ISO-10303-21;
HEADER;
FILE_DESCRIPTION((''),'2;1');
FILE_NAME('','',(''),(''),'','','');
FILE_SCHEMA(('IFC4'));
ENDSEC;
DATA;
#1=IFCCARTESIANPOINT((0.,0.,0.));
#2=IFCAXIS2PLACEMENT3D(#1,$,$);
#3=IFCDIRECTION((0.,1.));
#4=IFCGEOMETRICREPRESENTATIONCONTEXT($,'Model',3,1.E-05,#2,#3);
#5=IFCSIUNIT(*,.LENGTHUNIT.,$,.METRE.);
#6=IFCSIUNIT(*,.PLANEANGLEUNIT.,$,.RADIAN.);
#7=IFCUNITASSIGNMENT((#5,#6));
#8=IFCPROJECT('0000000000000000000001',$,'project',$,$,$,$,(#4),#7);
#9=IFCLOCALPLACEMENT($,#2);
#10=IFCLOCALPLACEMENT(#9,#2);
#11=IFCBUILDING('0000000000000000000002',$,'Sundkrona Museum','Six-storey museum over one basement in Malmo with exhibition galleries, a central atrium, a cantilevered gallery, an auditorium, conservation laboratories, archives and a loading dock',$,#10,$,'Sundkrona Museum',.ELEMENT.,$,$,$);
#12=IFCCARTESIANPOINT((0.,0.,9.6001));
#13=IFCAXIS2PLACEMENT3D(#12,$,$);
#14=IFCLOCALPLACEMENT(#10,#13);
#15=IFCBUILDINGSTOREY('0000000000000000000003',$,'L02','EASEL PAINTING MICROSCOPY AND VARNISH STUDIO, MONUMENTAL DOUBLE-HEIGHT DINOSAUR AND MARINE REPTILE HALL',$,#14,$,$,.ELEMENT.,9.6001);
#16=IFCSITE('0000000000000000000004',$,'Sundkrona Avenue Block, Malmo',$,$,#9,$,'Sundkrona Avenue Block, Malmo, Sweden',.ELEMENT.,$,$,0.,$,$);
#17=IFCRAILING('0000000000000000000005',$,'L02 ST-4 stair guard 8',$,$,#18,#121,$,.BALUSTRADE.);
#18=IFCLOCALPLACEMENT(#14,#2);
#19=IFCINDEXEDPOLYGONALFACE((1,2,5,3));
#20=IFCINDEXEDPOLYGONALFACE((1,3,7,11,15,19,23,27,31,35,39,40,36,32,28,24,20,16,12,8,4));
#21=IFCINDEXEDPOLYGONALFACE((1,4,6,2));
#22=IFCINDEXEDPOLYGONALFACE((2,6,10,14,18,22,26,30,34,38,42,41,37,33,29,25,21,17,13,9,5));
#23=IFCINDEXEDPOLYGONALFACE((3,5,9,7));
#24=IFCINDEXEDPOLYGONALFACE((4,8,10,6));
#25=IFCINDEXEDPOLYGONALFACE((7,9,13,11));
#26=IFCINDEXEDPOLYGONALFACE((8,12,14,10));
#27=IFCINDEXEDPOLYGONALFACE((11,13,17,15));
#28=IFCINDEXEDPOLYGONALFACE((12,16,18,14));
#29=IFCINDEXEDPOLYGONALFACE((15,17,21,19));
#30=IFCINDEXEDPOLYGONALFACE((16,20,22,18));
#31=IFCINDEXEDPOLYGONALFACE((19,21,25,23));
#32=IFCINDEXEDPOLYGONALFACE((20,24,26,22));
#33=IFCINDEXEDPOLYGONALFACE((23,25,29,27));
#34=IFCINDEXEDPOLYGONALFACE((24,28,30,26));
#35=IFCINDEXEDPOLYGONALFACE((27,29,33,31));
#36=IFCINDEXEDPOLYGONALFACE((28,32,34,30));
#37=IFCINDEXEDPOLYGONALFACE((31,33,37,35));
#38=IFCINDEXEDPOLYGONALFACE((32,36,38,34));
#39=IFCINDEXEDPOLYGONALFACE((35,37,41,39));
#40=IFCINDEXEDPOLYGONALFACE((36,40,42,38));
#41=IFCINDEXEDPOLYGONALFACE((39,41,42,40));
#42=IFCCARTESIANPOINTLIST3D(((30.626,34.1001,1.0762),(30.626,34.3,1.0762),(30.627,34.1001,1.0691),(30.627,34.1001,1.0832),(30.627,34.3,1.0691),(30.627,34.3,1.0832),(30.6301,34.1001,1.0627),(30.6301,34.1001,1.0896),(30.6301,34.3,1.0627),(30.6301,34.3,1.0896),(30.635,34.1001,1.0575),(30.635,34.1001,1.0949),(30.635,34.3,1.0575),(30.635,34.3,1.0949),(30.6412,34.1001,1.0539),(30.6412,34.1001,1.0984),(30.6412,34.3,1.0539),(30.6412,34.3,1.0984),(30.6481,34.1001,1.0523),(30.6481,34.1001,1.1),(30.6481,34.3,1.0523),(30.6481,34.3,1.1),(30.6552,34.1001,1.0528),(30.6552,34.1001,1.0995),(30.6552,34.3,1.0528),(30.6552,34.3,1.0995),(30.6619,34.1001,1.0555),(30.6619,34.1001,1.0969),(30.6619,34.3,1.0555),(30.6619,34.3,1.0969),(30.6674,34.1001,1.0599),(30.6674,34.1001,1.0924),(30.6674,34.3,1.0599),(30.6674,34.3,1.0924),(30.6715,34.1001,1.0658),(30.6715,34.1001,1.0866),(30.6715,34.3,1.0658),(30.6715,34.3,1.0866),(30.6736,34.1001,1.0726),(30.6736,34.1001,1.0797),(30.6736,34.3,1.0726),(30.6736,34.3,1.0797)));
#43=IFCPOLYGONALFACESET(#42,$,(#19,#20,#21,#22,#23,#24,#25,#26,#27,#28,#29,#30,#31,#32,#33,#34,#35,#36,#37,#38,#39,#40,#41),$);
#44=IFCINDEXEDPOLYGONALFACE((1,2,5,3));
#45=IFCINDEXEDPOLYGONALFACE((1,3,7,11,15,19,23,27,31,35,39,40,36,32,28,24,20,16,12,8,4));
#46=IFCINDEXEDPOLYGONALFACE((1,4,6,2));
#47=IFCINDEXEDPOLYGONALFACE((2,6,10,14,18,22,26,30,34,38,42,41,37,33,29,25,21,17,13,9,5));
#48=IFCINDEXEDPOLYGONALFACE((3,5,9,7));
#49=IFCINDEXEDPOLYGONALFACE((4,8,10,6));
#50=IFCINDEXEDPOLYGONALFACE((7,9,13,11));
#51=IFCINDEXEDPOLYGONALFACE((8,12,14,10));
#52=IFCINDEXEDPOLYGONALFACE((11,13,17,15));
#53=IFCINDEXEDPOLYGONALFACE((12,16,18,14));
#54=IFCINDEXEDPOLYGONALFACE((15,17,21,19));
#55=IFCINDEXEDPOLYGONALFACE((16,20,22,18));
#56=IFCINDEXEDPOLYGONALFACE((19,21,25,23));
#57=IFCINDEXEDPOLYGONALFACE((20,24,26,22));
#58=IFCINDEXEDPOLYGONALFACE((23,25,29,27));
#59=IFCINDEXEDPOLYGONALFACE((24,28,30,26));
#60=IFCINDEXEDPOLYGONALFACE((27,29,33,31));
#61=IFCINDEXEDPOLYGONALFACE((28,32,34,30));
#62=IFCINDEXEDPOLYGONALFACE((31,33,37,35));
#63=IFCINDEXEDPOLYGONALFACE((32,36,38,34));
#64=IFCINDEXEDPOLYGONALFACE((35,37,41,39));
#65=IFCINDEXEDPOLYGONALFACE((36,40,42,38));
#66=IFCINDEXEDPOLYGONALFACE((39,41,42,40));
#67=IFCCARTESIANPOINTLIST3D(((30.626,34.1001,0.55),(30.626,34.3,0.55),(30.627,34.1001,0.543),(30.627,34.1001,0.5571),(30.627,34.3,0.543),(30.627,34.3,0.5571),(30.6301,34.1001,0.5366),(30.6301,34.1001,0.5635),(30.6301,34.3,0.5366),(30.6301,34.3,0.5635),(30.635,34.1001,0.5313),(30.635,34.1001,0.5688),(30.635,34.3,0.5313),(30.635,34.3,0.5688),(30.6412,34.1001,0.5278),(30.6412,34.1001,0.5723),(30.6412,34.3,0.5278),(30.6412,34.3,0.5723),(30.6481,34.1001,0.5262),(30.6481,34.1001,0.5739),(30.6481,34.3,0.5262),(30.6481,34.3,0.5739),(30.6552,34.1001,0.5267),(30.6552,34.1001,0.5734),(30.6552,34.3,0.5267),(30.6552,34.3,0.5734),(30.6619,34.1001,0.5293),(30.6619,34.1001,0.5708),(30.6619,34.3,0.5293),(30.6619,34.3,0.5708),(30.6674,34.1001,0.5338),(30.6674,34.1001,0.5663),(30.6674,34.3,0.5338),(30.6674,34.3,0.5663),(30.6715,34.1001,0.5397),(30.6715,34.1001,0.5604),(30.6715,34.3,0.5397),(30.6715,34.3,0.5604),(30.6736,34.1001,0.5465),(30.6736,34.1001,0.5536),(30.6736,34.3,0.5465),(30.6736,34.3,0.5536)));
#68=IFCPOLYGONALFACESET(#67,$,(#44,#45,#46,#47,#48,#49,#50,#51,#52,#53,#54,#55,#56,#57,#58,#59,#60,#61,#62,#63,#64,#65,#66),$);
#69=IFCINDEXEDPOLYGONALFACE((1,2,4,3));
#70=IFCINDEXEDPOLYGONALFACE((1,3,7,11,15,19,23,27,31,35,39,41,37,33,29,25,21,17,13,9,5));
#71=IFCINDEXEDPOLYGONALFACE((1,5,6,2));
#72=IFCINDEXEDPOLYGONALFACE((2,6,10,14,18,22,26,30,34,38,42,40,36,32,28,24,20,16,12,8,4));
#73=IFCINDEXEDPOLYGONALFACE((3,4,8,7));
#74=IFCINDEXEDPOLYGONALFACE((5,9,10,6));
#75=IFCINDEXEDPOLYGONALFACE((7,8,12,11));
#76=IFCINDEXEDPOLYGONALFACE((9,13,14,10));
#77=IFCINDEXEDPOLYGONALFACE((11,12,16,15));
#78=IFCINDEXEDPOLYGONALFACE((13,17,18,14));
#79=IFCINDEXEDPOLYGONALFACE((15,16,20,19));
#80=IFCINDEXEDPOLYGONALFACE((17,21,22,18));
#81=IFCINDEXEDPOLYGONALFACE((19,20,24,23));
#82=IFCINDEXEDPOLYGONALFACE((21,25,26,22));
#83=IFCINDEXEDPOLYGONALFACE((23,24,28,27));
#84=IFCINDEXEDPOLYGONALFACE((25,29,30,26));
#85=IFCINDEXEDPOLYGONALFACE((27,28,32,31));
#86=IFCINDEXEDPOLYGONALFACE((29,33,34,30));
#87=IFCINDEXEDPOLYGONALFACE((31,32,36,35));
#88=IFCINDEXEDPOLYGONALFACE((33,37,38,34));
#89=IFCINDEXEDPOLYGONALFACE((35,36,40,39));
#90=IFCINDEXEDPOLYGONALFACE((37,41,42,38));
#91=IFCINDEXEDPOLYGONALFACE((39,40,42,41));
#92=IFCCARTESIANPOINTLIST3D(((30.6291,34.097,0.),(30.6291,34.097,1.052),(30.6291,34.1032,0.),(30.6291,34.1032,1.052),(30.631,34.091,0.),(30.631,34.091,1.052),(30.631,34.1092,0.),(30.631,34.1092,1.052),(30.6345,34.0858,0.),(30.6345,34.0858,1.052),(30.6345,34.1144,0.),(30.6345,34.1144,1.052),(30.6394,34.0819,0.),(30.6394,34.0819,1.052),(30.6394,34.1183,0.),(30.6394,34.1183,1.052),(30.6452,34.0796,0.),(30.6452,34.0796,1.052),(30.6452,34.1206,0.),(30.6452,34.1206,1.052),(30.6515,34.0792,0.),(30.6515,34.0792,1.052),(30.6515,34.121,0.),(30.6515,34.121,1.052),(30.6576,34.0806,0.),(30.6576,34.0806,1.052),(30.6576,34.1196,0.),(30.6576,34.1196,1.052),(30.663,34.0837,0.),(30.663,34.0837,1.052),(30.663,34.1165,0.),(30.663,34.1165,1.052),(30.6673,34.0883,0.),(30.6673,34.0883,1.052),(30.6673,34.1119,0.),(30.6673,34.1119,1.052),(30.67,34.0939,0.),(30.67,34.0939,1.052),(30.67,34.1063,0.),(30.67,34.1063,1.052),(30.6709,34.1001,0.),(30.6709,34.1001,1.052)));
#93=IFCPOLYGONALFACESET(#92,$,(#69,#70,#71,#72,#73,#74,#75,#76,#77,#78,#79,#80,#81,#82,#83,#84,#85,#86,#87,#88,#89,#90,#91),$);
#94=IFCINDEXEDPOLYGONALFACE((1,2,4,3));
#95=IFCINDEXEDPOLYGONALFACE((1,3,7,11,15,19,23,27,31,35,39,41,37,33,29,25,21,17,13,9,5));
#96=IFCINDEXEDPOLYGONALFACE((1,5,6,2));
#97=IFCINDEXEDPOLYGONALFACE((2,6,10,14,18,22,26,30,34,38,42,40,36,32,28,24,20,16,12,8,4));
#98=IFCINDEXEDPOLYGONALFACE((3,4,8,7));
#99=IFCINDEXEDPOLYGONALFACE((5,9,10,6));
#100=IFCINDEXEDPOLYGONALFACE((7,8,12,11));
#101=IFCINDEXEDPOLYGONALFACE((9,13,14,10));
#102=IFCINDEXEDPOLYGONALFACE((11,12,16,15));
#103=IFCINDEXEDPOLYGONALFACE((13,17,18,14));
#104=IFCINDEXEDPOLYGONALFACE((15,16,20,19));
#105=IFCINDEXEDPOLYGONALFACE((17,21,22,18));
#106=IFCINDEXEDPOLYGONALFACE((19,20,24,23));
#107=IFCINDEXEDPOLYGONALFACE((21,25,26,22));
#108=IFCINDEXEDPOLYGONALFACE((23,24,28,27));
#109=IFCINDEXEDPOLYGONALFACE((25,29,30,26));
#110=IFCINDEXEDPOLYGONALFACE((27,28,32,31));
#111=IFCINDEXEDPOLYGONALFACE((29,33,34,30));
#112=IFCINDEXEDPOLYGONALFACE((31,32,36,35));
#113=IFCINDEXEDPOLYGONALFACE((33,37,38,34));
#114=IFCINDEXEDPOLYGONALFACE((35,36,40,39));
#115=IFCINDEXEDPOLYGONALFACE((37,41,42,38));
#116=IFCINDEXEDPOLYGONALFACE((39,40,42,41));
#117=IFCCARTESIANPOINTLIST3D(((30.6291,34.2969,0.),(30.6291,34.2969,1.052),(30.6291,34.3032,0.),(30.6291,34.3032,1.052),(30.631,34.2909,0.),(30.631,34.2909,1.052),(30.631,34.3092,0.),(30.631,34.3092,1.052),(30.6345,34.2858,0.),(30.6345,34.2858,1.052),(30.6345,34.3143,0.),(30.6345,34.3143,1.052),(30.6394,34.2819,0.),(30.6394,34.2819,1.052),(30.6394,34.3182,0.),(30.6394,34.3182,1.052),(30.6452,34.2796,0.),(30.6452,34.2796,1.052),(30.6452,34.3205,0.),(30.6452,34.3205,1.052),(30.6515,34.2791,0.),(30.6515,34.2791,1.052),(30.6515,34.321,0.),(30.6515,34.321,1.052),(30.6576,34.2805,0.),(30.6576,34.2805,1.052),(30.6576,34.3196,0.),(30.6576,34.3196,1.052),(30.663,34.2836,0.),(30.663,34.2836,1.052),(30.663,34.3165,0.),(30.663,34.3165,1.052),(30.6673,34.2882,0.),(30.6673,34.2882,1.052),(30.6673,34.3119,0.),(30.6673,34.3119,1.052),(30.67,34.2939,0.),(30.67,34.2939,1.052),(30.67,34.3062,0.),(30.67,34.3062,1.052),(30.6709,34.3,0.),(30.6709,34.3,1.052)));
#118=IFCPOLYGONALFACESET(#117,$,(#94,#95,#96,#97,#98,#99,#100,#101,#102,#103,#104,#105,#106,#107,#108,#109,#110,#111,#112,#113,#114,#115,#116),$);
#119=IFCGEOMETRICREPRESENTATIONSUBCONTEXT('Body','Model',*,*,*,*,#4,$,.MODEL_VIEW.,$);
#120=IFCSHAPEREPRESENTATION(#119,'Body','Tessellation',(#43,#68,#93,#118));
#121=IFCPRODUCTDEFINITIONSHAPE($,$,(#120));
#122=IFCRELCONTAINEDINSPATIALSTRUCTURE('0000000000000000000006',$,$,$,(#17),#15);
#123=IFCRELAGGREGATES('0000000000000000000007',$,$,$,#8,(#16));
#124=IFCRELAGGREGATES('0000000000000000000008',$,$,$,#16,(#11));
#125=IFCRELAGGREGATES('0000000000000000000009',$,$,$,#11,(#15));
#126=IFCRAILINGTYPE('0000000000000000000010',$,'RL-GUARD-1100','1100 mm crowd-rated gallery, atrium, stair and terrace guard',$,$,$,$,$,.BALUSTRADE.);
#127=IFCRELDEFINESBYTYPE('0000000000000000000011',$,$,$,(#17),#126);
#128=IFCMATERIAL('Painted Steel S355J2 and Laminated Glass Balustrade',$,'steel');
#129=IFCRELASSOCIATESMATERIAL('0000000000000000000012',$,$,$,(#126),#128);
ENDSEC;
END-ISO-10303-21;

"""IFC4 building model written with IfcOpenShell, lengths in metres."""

from ifc_helpers import new_model, si_unit, direction, frame, origin, origin_2d, place, context, subcontext, project, spatial, circle, extrude, material, type_object, element, save


model = new_model("IFC4")

# Units and contexts
model_context = context("Model", 3, precision=1e-05, world=origin(), true_north=direction((0.0, 1.0)))
body_context = subcontext(model_context, "Body", "Model", "MODEL_VIEW")
ifc_project = project(units=[si_unit("LENGTHUNIT", "METRE"), si_unit("PLANEANGLEUNIT", "RADIAN")], contexts=[model_context])

# Site, building, storey
site_placement = place(None, origin())
site = spatial("IfcSite", under=ifc_project, at=site_placement, Name="Sundkrona Avenue Block, Malmo", LongName="Sundkrona Avenue Block, Malmo, Sweden", CompositionType="ELEMENT", RefElevation=0.0)
building_placement = place(site_placement, origin())
building = spatial("IfcBuilding", under=site, at=building_placement, Name="Sundkrona Museum", Description="Six-storey museum over one basement in Malmo with exhibition galleries, a central atrium, a cantilevered gallery, an auditorium, conservation laboratories, archives and a loading dock", LongName="Sundkrona Museum", CompositionType="ELEMENT")
storey_placement = place(building_placement, frame((0.0, 0.0, 9.6001)))
storey = spatial("IfcBuildingStorey", under=building, at=storey_placement, Name="L02", Description="EASEL PAINTING MICROSCOPY AND VARNISH STUDIO, MONUMENTAL DOUBLE-HEIGHT DINOSAUR AND MARINE REPTILE HALL", CompositionType="ELEMENT", Elevation=9.6001)

# Railing
ifc_material_1 = material(Name="Painted Steel S355J2 and Laminated Glass Balustrade", Category="steel")
railing_type_1 = type_object("IfcRailingType", Name="RL-GUARD-1100", Description="1100 mm crowd-rated gallery, atrium, stair and terrace guard", PredefinedType="BALUSTRADE", material=ifc_material_1)
railing_1_placement = place(storey_placement, frame((30.6499, 34.1001, 0.0)))
element("IfcRailing", 1, at=railing_1_placement, inside=storey, type_object=railing_type_1, Name="L02 ST-4 stair guard 8", PredefinedType="BALUSTRADE", context=body_context, shape_type="SweptSolid", body=[
    extrude(circle(Radius=0.0239, at=origin_2d()), frame((0.0, 0.0, 1.0762), z_axis=(0.0, 1.0, 0.0), x_axis=(-1.0, 0.0, 0.0)), (0.0, 0.0, 1.0), 0.2),
    extrude(circle(Radius=0.0239, at=origin_2d()), frame((0.0, 0.0, 0.55), z_axis=(0.0, 1.0, 0.0), x_axis=(-1.0, 0.0, 0.0)), (0.0, 0.0, 1.0), 0.2),
    extrude(circle(Radius=0.021, at=origin_2d()), origin(), (0.0, 0.0, 1.0), 1.052),
    extrude(circle(Radius=0.021, at=origin_2d()), frame((0.0, 0.2, 0.0)), (0.0, 0.0, 1.0), 1.052),
])

save(model, "model.ifc")
